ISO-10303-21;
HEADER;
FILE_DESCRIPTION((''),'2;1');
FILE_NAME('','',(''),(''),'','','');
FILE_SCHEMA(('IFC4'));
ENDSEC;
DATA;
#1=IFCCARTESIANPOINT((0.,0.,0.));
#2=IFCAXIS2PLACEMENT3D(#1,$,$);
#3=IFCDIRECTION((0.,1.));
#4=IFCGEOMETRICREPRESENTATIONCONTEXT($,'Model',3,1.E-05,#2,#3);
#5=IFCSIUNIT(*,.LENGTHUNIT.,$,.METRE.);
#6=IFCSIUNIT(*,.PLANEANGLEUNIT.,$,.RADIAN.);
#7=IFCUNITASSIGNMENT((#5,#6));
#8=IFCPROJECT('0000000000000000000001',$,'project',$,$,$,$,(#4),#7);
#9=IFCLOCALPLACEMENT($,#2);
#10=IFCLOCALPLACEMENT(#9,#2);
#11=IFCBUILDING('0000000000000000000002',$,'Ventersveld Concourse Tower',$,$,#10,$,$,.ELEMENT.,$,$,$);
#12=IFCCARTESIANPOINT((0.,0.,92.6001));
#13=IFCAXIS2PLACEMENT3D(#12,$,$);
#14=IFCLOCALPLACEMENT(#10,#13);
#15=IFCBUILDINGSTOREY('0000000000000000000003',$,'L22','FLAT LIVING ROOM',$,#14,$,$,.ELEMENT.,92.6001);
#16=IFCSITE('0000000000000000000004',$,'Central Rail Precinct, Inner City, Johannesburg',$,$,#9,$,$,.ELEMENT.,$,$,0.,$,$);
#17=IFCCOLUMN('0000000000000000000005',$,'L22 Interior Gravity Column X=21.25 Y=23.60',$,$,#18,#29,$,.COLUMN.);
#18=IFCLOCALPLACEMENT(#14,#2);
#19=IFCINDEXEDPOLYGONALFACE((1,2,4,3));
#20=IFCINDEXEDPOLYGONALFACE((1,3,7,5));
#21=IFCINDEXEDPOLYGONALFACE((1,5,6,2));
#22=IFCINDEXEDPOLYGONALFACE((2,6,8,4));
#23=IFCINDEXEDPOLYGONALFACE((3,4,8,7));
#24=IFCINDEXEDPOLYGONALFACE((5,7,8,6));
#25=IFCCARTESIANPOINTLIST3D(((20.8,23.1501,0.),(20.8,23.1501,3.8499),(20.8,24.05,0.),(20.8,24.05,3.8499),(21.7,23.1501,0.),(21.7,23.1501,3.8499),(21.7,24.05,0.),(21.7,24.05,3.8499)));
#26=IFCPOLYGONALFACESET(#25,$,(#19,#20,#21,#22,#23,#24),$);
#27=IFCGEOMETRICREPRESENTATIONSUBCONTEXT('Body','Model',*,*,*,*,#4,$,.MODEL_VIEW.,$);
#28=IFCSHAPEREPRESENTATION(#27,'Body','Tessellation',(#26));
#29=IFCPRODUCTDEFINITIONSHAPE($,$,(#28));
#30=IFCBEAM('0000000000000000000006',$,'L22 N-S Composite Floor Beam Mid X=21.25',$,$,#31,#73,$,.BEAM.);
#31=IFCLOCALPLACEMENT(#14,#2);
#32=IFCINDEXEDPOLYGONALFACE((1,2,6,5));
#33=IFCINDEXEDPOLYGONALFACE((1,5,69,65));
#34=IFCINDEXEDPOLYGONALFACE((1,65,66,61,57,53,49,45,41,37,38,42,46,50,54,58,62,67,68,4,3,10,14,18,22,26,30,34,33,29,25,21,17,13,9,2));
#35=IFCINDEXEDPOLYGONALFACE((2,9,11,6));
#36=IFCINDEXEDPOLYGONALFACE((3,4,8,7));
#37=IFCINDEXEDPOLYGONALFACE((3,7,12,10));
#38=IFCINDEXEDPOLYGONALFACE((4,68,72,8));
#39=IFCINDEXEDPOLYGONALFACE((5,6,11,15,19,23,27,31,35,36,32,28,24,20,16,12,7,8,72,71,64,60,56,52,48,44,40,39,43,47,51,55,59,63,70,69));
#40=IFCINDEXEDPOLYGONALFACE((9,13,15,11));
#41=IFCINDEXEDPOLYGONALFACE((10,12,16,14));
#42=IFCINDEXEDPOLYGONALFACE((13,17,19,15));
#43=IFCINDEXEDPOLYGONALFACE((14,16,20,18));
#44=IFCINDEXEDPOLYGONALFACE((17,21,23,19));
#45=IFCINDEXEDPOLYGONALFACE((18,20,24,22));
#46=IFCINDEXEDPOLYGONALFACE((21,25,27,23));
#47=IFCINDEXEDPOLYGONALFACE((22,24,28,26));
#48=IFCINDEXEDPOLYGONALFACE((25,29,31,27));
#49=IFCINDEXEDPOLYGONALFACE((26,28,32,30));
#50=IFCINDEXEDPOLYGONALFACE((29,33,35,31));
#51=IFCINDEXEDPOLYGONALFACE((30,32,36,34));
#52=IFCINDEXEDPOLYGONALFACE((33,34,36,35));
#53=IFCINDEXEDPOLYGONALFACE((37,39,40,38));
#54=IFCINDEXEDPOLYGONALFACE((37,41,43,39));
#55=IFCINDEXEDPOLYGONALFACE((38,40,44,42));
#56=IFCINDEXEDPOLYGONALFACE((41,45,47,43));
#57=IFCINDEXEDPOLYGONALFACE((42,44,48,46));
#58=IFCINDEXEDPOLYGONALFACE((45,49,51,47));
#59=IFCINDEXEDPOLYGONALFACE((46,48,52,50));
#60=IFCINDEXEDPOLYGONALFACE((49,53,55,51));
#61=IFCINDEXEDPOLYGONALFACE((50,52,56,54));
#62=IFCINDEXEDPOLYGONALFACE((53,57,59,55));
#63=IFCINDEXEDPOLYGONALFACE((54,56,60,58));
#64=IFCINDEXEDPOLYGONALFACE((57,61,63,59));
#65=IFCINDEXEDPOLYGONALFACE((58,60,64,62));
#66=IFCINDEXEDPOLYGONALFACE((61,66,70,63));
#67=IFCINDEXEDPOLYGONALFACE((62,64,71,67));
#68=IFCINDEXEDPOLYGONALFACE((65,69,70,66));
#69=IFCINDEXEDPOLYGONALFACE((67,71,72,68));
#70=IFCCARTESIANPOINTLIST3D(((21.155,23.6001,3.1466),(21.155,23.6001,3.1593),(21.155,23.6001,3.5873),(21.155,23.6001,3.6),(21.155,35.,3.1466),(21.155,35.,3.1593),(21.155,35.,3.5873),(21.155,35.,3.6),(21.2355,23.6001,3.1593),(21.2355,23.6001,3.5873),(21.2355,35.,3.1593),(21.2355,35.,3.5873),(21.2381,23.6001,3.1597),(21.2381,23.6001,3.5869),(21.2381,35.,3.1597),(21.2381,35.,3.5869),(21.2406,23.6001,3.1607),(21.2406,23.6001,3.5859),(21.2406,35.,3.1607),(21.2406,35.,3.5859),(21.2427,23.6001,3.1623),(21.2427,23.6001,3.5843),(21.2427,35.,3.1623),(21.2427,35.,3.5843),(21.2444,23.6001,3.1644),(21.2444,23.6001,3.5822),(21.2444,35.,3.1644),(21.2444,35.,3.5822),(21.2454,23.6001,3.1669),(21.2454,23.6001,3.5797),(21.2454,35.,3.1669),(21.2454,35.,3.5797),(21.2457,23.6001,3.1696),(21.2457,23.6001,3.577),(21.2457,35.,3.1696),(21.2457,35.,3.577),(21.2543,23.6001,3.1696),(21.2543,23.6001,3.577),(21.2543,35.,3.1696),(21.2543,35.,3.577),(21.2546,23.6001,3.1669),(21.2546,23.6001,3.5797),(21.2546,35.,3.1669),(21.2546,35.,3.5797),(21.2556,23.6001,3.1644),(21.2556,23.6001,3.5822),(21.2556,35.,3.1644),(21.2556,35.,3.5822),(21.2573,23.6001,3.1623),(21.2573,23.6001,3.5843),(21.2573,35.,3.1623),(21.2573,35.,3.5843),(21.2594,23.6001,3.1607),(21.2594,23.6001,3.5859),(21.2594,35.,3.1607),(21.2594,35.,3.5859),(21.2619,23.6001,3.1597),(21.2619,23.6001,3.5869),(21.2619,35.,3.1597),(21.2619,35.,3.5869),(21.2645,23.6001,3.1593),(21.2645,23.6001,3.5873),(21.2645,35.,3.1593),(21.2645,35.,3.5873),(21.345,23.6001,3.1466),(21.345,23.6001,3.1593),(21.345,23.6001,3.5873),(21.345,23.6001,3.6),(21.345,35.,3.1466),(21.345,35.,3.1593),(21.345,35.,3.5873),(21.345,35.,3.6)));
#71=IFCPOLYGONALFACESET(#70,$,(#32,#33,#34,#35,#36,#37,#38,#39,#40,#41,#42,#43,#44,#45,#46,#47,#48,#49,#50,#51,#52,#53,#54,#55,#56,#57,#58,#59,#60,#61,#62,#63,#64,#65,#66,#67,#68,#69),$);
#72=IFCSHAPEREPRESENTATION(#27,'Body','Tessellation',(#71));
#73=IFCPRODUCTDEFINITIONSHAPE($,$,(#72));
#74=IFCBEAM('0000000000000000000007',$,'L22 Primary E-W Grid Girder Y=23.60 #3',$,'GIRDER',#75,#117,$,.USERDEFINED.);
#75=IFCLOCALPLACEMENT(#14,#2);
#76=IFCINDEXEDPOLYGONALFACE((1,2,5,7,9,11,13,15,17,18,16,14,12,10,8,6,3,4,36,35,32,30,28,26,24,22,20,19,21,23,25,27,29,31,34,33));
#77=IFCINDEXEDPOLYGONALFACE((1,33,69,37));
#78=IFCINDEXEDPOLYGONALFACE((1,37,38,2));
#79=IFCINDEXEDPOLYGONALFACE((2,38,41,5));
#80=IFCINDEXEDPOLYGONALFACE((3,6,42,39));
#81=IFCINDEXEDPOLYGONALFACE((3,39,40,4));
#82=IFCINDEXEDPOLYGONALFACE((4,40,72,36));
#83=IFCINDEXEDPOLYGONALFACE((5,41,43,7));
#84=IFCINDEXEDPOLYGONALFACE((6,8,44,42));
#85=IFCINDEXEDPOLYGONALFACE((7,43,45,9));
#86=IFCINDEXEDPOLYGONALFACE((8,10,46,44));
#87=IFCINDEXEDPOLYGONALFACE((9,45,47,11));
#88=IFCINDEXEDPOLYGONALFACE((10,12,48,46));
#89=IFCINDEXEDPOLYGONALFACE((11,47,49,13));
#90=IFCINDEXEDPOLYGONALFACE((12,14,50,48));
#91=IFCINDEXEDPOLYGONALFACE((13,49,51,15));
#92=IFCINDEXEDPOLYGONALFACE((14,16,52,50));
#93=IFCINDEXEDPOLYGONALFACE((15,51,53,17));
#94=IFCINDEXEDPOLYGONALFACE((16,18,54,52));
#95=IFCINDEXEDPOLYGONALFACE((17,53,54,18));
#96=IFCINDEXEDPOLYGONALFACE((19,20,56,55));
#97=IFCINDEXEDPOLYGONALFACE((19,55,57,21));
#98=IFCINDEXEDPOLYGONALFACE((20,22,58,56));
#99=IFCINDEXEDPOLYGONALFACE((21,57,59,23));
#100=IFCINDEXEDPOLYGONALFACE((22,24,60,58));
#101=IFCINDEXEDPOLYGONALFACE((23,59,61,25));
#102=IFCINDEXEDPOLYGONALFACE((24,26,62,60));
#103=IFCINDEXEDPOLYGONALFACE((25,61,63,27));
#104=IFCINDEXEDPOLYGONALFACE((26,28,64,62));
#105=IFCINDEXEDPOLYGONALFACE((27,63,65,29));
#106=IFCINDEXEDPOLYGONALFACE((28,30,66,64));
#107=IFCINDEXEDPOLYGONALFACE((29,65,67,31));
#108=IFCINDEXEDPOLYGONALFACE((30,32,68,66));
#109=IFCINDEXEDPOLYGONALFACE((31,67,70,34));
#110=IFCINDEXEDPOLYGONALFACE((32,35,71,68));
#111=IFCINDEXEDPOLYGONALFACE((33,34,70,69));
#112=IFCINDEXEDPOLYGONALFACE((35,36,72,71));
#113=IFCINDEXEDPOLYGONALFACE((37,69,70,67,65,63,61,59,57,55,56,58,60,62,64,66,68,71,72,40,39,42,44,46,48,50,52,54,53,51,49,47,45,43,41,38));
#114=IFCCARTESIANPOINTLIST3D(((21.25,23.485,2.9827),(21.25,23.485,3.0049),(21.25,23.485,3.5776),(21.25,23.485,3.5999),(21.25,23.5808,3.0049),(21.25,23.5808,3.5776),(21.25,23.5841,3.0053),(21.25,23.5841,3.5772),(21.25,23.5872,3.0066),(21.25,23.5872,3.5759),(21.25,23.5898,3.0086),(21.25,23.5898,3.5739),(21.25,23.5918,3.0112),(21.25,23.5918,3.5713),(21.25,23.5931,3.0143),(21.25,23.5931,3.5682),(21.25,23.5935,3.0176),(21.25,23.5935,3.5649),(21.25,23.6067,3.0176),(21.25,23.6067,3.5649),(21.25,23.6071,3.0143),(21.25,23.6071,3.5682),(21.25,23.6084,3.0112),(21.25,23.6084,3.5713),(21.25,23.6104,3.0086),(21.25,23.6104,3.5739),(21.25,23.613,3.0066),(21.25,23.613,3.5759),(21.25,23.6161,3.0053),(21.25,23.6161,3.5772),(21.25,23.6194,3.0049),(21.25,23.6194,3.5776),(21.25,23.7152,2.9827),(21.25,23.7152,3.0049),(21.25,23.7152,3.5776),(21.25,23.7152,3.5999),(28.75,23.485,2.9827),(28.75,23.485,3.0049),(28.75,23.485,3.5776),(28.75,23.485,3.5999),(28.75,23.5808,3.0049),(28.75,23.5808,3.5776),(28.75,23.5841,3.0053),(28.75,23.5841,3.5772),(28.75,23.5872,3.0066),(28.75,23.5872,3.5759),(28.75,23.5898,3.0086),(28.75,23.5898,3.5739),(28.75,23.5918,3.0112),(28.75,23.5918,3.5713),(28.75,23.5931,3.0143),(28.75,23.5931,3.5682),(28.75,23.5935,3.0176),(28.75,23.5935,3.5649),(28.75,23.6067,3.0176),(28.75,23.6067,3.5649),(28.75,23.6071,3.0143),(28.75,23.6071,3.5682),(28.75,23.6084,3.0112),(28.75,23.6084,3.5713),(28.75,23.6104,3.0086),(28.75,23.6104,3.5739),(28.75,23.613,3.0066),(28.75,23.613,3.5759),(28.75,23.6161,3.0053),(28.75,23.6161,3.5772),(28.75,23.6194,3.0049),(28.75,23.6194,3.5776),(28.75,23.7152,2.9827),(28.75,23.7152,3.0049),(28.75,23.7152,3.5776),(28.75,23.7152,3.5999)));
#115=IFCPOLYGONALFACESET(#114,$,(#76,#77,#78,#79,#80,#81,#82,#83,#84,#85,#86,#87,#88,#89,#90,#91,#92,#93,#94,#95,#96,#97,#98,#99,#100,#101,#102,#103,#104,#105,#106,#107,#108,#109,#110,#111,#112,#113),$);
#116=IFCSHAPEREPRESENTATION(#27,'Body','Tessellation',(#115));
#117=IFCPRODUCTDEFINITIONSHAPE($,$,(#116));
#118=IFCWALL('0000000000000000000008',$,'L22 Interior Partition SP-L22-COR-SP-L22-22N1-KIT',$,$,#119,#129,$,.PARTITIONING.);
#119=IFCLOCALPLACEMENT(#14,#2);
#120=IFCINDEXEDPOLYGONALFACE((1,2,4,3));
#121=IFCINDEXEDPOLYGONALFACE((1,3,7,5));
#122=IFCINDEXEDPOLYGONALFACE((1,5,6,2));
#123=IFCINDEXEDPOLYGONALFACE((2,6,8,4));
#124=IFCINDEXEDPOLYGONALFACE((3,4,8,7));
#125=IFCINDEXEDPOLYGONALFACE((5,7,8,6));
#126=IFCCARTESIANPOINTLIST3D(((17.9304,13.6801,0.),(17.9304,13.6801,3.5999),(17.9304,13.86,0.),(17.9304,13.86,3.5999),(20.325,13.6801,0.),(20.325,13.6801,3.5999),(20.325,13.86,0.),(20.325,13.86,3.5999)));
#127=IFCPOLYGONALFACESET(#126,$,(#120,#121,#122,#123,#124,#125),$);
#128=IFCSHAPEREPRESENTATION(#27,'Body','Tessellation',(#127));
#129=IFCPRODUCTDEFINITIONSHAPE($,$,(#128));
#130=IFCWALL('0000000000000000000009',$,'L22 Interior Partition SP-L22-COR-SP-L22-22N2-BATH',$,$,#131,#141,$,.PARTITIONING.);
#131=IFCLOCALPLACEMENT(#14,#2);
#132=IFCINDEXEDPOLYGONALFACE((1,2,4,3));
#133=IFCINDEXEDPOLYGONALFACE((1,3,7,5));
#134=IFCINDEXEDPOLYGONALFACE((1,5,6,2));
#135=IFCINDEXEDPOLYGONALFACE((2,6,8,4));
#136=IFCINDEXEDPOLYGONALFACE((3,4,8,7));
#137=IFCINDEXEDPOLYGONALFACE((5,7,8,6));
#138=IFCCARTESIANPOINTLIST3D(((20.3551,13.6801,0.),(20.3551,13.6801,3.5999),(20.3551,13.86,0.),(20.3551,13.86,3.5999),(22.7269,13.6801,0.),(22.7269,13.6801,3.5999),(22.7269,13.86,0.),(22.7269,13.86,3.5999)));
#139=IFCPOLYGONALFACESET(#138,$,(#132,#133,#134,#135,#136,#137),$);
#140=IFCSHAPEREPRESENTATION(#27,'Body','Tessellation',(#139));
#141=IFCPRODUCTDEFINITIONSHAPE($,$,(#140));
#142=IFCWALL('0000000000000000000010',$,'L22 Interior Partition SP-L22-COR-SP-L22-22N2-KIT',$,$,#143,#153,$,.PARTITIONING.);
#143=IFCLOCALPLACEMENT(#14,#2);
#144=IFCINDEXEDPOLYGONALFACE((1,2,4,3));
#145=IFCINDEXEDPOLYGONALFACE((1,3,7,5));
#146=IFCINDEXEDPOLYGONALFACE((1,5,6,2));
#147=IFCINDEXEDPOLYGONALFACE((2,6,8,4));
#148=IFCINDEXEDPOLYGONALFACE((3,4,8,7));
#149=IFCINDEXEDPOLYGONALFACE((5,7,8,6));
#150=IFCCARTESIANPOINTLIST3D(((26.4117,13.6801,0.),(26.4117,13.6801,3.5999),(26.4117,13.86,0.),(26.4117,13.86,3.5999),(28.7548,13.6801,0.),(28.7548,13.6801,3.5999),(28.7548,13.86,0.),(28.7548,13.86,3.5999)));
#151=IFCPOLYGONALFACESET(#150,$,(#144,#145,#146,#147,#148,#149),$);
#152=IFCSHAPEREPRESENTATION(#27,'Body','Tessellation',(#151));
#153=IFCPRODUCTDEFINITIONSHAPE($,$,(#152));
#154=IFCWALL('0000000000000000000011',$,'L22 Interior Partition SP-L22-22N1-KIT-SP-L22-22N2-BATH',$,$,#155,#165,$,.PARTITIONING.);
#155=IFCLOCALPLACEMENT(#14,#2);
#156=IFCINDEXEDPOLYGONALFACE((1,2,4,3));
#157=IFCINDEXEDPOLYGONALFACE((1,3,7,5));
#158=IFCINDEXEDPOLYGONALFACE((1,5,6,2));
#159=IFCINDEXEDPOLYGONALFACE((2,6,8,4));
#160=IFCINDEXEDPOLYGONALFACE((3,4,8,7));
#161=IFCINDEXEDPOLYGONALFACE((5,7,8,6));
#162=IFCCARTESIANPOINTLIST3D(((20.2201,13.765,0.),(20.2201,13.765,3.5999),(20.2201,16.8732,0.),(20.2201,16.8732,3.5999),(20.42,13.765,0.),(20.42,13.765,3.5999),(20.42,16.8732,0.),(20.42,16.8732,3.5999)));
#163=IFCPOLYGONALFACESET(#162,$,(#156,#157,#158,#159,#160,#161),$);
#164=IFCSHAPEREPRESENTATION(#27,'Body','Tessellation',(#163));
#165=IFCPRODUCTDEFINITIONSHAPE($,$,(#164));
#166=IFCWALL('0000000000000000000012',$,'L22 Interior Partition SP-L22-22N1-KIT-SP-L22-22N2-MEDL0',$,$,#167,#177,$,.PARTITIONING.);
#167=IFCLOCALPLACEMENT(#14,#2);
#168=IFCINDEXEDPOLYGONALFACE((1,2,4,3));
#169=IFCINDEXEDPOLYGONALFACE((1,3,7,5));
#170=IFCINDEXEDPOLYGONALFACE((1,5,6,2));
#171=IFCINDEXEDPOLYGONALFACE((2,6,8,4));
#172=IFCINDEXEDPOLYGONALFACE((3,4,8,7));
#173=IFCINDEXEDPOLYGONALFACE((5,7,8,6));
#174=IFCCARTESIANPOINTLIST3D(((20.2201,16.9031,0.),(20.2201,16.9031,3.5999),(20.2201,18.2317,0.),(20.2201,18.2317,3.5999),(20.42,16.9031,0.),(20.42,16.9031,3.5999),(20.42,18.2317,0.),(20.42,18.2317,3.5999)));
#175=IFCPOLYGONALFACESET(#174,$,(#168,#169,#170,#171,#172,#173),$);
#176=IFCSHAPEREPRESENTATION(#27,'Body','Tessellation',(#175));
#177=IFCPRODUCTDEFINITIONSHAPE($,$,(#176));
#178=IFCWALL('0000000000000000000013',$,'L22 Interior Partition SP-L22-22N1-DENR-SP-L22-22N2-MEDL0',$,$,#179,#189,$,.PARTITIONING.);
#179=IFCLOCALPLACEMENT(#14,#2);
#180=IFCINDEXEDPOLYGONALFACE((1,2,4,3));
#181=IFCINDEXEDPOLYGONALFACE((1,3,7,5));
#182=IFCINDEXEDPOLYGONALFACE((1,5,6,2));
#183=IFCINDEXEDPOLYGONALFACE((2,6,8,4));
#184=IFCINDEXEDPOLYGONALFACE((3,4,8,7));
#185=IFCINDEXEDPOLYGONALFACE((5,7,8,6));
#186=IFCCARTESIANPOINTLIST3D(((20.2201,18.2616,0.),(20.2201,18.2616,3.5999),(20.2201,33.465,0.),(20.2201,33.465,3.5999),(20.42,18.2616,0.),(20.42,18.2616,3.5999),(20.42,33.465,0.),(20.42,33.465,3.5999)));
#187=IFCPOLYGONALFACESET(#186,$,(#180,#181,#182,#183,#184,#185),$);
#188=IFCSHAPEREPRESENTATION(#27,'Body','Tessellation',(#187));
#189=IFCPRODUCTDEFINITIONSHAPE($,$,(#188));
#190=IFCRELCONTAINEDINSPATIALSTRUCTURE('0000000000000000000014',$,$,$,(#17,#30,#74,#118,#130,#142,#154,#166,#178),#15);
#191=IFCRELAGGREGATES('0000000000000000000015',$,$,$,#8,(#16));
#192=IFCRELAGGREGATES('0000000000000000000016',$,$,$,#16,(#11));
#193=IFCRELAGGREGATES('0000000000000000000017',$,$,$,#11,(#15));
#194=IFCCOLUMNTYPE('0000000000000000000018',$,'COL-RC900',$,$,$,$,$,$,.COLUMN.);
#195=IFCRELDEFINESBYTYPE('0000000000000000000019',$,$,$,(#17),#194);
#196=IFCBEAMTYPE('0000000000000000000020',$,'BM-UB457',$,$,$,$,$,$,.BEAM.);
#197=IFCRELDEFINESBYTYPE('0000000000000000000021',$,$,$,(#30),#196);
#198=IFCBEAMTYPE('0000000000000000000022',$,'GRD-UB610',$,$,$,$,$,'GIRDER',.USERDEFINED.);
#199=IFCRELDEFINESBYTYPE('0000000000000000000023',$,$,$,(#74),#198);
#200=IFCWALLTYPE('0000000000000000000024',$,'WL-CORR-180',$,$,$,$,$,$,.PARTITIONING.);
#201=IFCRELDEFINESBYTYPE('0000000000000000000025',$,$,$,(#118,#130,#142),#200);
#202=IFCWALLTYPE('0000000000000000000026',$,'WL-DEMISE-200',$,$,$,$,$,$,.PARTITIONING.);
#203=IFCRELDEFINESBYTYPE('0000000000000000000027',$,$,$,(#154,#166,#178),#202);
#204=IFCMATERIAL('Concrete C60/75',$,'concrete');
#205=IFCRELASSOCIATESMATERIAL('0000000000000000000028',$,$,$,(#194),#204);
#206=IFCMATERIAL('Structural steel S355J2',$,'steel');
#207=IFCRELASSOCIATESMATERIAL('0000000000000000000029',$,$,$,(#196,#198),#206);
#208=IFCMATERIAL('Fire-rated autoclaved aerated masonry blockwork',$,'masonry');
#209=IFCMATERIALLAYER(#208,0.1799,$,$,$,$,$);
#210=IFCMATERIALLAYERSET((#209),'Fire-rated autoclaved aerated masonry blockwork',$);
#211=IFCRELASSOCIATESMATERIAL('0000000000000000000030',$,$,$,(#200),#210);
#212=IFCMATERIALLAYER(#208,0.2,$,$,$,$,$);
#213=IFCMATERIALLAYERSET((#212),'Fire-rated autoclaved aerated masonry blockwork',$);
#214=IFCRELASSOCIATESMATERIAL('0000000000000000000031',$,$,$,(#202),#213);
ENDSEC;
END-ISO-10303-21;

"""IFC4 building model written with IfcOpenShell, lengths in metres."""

from ifc_helpers import new_model, si_unit, direction, frame, frame_2d, origin, origin_2d, place, context, subcontext, project, spatial, rectangle, i_section, extrude, material, layer, layer_set, material_profile, profile_set, type_object, element, save


model = new_model("IFC4")

# Units and contexts
model_context = context("Model", 3, precision=1e-05, world=origin(), true_north=direction((0.0, 1.0)))
body_context = subcontext(model_context, "Body", "Model", "MODEL_VIEW")
ifc_project = project(units=[si_unit("LENGTHUNIT", "METRE"), si_unit("PLANEANGLEUNIT", "RADIAN")], contexts=[model_context])

# Site, building, storey
site_placement = place(None, origin())
site = spatial("IfcSite", under=ifc_project, at=site_placement, Name="Central Rail Precinct, Inner City, Johannesburg", CompositionType="ELEMENT", RefElevation=0.0)
building_placement = place(site_placement, origin())
building = spatial("IfcBuilding", under=site, at=building_placement, Name="Ventersveld Concourse Tower", CompositionType="ELEMENT")
storey_placement = place(building_placement, frame((0.0, 0.0, 92.6001)))
storey = spatial("IfcBuildingStorey", under=building, at=storey_placement, Name="L22", Description="FLAT LIVING ROOM", CompositionType="ELEMENT", Elevation=92.6001)

# Column
ifc_material_1 = material(Name="Concrete C60/75", Category="concrete")
ifc_material_profile_1 = material_profile(ifc_material_1, rectangle(XDim=0.8999, YDim=0.8999, at=origin_2d()), Name="RC 900x900")
ifc_profile_set_1 = profile_set([ifc_material_profile_1], Name="Concrete C60/75")
column_type = type_object("IfcColumnType", Name="COL-RC900", PredefinedType="COLUMN", material=ifc_profile_set_1)
column_placement = place(storey_placement, frame((21.25, 23.6001, 0.0), z_axis=(0.0, 0.0, 1.0), x_axis=(1.0, 0.0, 0.0)))
element("IfcColumn", 1, at=column_placement, inside=storey, type_object=column_type, Name="L22 Interior Gravity Column X=21.25 Y=23.60", PredefinedType="COLUMN", context=body_context, shape_type="SweptSolid", body=[
    extrude(rectangle(XDim=0.8999, YDim=0.8999, at=origin_2d()), origin(), (0.0, 0.0, 1.0), 3.8499),
])

# Beams
ifc_material_2 = material(Name="Structural steel S355J2", Category="steel")
ifc_material_profile_2 = material_profile(ifc_material_2, i_section(OverallWidth=0.1899, OverallDepth=0.4534, WebThickness=0.0085, FlangeThickness=0.0127, FilletRadius=0.0103, at=origin_2d()), Name="UB 457x191x67")
ifc_profile_set_2 = profile_set([ifc_material_profile_2], Name="Structural steel S355J2")
beam_type_1 = type_object("IfcBeamType", Name="BM-UB457", PredefinedType="BEAM", material=ifc_profile_set_2)
beam_1_placement = place(storey_placement, frame((21.25, 23.6001, 3.3733), z_axis=(0.0, 1.0, 0.0), x_axis=(-1.0, 0.0, 0.0)))
element("IfcBeam", 2, at=beam_1_placement, inside=storey, type_object=beam_type_1, Name="L22 N-S Composite Floor Beam Mid X=21.25", PredefinedType="BEAM", context=body_context, shape_type="SweptSolid", body=[
    extrude(i_section(OverallWidth=0.1899, OverallDepth=0.4534, WebThickness=0.0085, FlangeThickness=0.0127, FilletRadius=0.0103, at=origin_2d()), origin(), (0.0, 0.0, 1.0), 11.3999),
])
ifc_material_profile_3 = material_profile(ifc_material_2, i_section(OverallWidth=0.2302, OverallDepth=0.6172, WebThickness=0.0132, FlangeThickness=0.0222, FilletRadius=0.0127, at=origin_2d()), Name="UB 610x229x140")
ifc_profile_set_3 = profile_set([ifc_material_profile_3], Name="Structural steel S355J2")
beam_type_2 = type_object("IfcBeamType", Name="GRD-UB610", ElementType="GIRDER", PredefinedType="USERDEFINED", material=ifc_profile_set_3)
beam_2_placement = place(storey_placement, frame((21.25, 23.6001, 3.2913), z_axis=(1.0, 0.0, 0.0), x_axis=(0.0, 1.0, 0.0)))
element("IfcBeam", 3, at=beam_2_placement, inside=storey, type_object=beam_type_2, Name="L22 Primary E-W Grid Girder Y=23.60 #3", ObjectType="GIRDER", PredefinedType="USERDEFINED", context=body_context, shape_type="SweptSolid", body=[
    extrude(i_section(OverallWidth=0.2302, OverallDepth=0.6172, WebThickness=0.0132, FlangeThickness=0.0222, FilletRadius=0.0127, at=origin_2d()), origin(), (0.0, 0.0, 1.0), 7.5),
])

# Wall
ifc_material_3 = material(Name="Fire-rated autoclaved aerated masonry blockwork", Category="masonry")
ifc_layer_1 = layer(ifc_material_3, 0.1799)
ifc_layer_set_1 = layer_set([ifc_layer_1], Name="Fire-rated autoclaved aerated masonry blockwork")
wall_type_1 = type_object("IfcWallType", Name="WL-CORR-180", PredefinedType="PARTITIONING", material=ifc_layer_set_1)
wall_1_placement = place(storey_placement, frame((17.9304, 13.77, 0.0), z_axis=(0.0, 0.0, 1.0), x_axis=(1.0, 0.0, 0.0)))
element("IfcWall", 4, at=wall_1_placement, inside=storey, type_object=wall_type_1, Name="L22 Interior Partition SP-L22-COR-SP-L22-22N1-KIT", PredefinedType="PARTITIONING", context=body_context, shape_type="SweptSolid", body=[
    extrude(rectangle(XDim=2.3945, YDim=0.1799, at=frame_2d((1.1973, 0.0))), origin(), (0.0, 0.0, 1.0), 3.5999),
])

# Walls
wall_2_placement = place(storey_placement, frame((20.355, 13.77, 0.0), z_axis=(0.0, 0.0, 1.0), x_axis=(1.0, 0.0, 0.0)))
element("IfcWall", 5, at=wall_2_placement, inside=storey, type_object=wall_type_1, Name="L22 Interior Partition SP-L22-COR-SP-L22-22N2-BATH", PredefinedType="PARTITIONING", context=body_context, shape_type="SweptSolid", body=[
    extrude(rectangle(XDim=2.3718, YDim=0.1799, at=frame_2d((1.186, 0.0))), origin(), (0.0, 0.0, 1.0), 3.5999),
])
wall_3_placement = place(storey_placement, frame((26.4119, 13.77, 0.0), z_axis=(0.0, 0.0, 1.0), x_axis=(1.0, 0.0, 0.0)))
element("IfcWall", 6, at=wall_3_placement, inside=storey, type_object=wall_type_1, Name="L22 Interior Partition SP-L22-COR-SP-L22-22N2-KIT", PredefinedType="PARTITIONING", context=body_context, shape_type="SweptSolid", body=[
    extrude(rectangle(XDim=2.343, YDim=0.1799, at=frame_2d((1.1714, 0.0))), origin(), (0.0, 0.0, 1.0), 3.5999),
])
ifc_layer_2 = layer(ifc_material_3, 0.2)
ifc_layer_set_2 = layer_set([ifc_layer_2], Name="Fire-rated autoclaved aerated masonry blockwork")
wall_type_2 = type_object("IfcWallType", Name="WL-DEMISE-200", PredefinedType="PARTITIONING", material=ifc_layer_set_2)
wall_4_placement = place(storey_placement, frame((20.3201, 13.7649, 0.0), z_axis=(0.0, 0.0, 1.0), x_axis=(0.0, 1.0, 0.0)))
element("IfcWall", 7, at=wall_4_placement, inside=storey, type_object=wall_type_2, Name="L22 Interior Partition SP-L22-22N1-KIT-SP-L22-22N2-BATH", PredefinedType="PARTITIONING", context=body_context, shape_type="SweptSolid", body=[
    extrude(rectangle(XDim=3.1082, YDim=0.2, at=frame_2d((1.5542, 0.0))), origin(), (0.0, 0.0, 1.0), 3.5999),
])
wall_5_placement = place(storey_placement, frame((20.3201, 16.9031, 0.0), z_axis=(0.0, 0.0, 1.0), x_axis=(0.0, 1.0, 0.0)))
element("IfcWall", 8, at=wall_5_placement, inside=storey, type_object=wall_type_2, Name="L22 Interior Partition SP-L22-22N1-KIT-SP-L22-22N2-MEDL0", PredefinedType="PARTITIONING", context=body_context, shape_type="SweptSolid", body=[
    extrude(rectangle(XDim=1.3286, YDim=0.2, at=frame_2d((0.6643, 0.0))), origin(), (0.0, 0.0, 1.0), 3.5999),
])
wall_6_placement = place(storey_placement, frame((20.3201, 18.2617, 0.0), z_axis=(0.0, 0.0, 1.0), x_axis=(0.0, 1.0, 0.0)))
element("IfcWall", 9, at=wall_6_placement, inside=storey, type_object=wall_type_2, Name="L22 Interior Partition SP-L22-22N1-DENR-SP-L22-22N2-MEDL0", PredefinedType="PARTITIONING", context=body_context, shape_type="SweptSolid", body=[
    extrude(rectangle(XDim=15.2034, YDim=0.2, at=frame_2d((7.6016, 0.0))), origin(), (0.0, 0.0, 1.0), 3.5999),
])

save(model, "model.ifc")
